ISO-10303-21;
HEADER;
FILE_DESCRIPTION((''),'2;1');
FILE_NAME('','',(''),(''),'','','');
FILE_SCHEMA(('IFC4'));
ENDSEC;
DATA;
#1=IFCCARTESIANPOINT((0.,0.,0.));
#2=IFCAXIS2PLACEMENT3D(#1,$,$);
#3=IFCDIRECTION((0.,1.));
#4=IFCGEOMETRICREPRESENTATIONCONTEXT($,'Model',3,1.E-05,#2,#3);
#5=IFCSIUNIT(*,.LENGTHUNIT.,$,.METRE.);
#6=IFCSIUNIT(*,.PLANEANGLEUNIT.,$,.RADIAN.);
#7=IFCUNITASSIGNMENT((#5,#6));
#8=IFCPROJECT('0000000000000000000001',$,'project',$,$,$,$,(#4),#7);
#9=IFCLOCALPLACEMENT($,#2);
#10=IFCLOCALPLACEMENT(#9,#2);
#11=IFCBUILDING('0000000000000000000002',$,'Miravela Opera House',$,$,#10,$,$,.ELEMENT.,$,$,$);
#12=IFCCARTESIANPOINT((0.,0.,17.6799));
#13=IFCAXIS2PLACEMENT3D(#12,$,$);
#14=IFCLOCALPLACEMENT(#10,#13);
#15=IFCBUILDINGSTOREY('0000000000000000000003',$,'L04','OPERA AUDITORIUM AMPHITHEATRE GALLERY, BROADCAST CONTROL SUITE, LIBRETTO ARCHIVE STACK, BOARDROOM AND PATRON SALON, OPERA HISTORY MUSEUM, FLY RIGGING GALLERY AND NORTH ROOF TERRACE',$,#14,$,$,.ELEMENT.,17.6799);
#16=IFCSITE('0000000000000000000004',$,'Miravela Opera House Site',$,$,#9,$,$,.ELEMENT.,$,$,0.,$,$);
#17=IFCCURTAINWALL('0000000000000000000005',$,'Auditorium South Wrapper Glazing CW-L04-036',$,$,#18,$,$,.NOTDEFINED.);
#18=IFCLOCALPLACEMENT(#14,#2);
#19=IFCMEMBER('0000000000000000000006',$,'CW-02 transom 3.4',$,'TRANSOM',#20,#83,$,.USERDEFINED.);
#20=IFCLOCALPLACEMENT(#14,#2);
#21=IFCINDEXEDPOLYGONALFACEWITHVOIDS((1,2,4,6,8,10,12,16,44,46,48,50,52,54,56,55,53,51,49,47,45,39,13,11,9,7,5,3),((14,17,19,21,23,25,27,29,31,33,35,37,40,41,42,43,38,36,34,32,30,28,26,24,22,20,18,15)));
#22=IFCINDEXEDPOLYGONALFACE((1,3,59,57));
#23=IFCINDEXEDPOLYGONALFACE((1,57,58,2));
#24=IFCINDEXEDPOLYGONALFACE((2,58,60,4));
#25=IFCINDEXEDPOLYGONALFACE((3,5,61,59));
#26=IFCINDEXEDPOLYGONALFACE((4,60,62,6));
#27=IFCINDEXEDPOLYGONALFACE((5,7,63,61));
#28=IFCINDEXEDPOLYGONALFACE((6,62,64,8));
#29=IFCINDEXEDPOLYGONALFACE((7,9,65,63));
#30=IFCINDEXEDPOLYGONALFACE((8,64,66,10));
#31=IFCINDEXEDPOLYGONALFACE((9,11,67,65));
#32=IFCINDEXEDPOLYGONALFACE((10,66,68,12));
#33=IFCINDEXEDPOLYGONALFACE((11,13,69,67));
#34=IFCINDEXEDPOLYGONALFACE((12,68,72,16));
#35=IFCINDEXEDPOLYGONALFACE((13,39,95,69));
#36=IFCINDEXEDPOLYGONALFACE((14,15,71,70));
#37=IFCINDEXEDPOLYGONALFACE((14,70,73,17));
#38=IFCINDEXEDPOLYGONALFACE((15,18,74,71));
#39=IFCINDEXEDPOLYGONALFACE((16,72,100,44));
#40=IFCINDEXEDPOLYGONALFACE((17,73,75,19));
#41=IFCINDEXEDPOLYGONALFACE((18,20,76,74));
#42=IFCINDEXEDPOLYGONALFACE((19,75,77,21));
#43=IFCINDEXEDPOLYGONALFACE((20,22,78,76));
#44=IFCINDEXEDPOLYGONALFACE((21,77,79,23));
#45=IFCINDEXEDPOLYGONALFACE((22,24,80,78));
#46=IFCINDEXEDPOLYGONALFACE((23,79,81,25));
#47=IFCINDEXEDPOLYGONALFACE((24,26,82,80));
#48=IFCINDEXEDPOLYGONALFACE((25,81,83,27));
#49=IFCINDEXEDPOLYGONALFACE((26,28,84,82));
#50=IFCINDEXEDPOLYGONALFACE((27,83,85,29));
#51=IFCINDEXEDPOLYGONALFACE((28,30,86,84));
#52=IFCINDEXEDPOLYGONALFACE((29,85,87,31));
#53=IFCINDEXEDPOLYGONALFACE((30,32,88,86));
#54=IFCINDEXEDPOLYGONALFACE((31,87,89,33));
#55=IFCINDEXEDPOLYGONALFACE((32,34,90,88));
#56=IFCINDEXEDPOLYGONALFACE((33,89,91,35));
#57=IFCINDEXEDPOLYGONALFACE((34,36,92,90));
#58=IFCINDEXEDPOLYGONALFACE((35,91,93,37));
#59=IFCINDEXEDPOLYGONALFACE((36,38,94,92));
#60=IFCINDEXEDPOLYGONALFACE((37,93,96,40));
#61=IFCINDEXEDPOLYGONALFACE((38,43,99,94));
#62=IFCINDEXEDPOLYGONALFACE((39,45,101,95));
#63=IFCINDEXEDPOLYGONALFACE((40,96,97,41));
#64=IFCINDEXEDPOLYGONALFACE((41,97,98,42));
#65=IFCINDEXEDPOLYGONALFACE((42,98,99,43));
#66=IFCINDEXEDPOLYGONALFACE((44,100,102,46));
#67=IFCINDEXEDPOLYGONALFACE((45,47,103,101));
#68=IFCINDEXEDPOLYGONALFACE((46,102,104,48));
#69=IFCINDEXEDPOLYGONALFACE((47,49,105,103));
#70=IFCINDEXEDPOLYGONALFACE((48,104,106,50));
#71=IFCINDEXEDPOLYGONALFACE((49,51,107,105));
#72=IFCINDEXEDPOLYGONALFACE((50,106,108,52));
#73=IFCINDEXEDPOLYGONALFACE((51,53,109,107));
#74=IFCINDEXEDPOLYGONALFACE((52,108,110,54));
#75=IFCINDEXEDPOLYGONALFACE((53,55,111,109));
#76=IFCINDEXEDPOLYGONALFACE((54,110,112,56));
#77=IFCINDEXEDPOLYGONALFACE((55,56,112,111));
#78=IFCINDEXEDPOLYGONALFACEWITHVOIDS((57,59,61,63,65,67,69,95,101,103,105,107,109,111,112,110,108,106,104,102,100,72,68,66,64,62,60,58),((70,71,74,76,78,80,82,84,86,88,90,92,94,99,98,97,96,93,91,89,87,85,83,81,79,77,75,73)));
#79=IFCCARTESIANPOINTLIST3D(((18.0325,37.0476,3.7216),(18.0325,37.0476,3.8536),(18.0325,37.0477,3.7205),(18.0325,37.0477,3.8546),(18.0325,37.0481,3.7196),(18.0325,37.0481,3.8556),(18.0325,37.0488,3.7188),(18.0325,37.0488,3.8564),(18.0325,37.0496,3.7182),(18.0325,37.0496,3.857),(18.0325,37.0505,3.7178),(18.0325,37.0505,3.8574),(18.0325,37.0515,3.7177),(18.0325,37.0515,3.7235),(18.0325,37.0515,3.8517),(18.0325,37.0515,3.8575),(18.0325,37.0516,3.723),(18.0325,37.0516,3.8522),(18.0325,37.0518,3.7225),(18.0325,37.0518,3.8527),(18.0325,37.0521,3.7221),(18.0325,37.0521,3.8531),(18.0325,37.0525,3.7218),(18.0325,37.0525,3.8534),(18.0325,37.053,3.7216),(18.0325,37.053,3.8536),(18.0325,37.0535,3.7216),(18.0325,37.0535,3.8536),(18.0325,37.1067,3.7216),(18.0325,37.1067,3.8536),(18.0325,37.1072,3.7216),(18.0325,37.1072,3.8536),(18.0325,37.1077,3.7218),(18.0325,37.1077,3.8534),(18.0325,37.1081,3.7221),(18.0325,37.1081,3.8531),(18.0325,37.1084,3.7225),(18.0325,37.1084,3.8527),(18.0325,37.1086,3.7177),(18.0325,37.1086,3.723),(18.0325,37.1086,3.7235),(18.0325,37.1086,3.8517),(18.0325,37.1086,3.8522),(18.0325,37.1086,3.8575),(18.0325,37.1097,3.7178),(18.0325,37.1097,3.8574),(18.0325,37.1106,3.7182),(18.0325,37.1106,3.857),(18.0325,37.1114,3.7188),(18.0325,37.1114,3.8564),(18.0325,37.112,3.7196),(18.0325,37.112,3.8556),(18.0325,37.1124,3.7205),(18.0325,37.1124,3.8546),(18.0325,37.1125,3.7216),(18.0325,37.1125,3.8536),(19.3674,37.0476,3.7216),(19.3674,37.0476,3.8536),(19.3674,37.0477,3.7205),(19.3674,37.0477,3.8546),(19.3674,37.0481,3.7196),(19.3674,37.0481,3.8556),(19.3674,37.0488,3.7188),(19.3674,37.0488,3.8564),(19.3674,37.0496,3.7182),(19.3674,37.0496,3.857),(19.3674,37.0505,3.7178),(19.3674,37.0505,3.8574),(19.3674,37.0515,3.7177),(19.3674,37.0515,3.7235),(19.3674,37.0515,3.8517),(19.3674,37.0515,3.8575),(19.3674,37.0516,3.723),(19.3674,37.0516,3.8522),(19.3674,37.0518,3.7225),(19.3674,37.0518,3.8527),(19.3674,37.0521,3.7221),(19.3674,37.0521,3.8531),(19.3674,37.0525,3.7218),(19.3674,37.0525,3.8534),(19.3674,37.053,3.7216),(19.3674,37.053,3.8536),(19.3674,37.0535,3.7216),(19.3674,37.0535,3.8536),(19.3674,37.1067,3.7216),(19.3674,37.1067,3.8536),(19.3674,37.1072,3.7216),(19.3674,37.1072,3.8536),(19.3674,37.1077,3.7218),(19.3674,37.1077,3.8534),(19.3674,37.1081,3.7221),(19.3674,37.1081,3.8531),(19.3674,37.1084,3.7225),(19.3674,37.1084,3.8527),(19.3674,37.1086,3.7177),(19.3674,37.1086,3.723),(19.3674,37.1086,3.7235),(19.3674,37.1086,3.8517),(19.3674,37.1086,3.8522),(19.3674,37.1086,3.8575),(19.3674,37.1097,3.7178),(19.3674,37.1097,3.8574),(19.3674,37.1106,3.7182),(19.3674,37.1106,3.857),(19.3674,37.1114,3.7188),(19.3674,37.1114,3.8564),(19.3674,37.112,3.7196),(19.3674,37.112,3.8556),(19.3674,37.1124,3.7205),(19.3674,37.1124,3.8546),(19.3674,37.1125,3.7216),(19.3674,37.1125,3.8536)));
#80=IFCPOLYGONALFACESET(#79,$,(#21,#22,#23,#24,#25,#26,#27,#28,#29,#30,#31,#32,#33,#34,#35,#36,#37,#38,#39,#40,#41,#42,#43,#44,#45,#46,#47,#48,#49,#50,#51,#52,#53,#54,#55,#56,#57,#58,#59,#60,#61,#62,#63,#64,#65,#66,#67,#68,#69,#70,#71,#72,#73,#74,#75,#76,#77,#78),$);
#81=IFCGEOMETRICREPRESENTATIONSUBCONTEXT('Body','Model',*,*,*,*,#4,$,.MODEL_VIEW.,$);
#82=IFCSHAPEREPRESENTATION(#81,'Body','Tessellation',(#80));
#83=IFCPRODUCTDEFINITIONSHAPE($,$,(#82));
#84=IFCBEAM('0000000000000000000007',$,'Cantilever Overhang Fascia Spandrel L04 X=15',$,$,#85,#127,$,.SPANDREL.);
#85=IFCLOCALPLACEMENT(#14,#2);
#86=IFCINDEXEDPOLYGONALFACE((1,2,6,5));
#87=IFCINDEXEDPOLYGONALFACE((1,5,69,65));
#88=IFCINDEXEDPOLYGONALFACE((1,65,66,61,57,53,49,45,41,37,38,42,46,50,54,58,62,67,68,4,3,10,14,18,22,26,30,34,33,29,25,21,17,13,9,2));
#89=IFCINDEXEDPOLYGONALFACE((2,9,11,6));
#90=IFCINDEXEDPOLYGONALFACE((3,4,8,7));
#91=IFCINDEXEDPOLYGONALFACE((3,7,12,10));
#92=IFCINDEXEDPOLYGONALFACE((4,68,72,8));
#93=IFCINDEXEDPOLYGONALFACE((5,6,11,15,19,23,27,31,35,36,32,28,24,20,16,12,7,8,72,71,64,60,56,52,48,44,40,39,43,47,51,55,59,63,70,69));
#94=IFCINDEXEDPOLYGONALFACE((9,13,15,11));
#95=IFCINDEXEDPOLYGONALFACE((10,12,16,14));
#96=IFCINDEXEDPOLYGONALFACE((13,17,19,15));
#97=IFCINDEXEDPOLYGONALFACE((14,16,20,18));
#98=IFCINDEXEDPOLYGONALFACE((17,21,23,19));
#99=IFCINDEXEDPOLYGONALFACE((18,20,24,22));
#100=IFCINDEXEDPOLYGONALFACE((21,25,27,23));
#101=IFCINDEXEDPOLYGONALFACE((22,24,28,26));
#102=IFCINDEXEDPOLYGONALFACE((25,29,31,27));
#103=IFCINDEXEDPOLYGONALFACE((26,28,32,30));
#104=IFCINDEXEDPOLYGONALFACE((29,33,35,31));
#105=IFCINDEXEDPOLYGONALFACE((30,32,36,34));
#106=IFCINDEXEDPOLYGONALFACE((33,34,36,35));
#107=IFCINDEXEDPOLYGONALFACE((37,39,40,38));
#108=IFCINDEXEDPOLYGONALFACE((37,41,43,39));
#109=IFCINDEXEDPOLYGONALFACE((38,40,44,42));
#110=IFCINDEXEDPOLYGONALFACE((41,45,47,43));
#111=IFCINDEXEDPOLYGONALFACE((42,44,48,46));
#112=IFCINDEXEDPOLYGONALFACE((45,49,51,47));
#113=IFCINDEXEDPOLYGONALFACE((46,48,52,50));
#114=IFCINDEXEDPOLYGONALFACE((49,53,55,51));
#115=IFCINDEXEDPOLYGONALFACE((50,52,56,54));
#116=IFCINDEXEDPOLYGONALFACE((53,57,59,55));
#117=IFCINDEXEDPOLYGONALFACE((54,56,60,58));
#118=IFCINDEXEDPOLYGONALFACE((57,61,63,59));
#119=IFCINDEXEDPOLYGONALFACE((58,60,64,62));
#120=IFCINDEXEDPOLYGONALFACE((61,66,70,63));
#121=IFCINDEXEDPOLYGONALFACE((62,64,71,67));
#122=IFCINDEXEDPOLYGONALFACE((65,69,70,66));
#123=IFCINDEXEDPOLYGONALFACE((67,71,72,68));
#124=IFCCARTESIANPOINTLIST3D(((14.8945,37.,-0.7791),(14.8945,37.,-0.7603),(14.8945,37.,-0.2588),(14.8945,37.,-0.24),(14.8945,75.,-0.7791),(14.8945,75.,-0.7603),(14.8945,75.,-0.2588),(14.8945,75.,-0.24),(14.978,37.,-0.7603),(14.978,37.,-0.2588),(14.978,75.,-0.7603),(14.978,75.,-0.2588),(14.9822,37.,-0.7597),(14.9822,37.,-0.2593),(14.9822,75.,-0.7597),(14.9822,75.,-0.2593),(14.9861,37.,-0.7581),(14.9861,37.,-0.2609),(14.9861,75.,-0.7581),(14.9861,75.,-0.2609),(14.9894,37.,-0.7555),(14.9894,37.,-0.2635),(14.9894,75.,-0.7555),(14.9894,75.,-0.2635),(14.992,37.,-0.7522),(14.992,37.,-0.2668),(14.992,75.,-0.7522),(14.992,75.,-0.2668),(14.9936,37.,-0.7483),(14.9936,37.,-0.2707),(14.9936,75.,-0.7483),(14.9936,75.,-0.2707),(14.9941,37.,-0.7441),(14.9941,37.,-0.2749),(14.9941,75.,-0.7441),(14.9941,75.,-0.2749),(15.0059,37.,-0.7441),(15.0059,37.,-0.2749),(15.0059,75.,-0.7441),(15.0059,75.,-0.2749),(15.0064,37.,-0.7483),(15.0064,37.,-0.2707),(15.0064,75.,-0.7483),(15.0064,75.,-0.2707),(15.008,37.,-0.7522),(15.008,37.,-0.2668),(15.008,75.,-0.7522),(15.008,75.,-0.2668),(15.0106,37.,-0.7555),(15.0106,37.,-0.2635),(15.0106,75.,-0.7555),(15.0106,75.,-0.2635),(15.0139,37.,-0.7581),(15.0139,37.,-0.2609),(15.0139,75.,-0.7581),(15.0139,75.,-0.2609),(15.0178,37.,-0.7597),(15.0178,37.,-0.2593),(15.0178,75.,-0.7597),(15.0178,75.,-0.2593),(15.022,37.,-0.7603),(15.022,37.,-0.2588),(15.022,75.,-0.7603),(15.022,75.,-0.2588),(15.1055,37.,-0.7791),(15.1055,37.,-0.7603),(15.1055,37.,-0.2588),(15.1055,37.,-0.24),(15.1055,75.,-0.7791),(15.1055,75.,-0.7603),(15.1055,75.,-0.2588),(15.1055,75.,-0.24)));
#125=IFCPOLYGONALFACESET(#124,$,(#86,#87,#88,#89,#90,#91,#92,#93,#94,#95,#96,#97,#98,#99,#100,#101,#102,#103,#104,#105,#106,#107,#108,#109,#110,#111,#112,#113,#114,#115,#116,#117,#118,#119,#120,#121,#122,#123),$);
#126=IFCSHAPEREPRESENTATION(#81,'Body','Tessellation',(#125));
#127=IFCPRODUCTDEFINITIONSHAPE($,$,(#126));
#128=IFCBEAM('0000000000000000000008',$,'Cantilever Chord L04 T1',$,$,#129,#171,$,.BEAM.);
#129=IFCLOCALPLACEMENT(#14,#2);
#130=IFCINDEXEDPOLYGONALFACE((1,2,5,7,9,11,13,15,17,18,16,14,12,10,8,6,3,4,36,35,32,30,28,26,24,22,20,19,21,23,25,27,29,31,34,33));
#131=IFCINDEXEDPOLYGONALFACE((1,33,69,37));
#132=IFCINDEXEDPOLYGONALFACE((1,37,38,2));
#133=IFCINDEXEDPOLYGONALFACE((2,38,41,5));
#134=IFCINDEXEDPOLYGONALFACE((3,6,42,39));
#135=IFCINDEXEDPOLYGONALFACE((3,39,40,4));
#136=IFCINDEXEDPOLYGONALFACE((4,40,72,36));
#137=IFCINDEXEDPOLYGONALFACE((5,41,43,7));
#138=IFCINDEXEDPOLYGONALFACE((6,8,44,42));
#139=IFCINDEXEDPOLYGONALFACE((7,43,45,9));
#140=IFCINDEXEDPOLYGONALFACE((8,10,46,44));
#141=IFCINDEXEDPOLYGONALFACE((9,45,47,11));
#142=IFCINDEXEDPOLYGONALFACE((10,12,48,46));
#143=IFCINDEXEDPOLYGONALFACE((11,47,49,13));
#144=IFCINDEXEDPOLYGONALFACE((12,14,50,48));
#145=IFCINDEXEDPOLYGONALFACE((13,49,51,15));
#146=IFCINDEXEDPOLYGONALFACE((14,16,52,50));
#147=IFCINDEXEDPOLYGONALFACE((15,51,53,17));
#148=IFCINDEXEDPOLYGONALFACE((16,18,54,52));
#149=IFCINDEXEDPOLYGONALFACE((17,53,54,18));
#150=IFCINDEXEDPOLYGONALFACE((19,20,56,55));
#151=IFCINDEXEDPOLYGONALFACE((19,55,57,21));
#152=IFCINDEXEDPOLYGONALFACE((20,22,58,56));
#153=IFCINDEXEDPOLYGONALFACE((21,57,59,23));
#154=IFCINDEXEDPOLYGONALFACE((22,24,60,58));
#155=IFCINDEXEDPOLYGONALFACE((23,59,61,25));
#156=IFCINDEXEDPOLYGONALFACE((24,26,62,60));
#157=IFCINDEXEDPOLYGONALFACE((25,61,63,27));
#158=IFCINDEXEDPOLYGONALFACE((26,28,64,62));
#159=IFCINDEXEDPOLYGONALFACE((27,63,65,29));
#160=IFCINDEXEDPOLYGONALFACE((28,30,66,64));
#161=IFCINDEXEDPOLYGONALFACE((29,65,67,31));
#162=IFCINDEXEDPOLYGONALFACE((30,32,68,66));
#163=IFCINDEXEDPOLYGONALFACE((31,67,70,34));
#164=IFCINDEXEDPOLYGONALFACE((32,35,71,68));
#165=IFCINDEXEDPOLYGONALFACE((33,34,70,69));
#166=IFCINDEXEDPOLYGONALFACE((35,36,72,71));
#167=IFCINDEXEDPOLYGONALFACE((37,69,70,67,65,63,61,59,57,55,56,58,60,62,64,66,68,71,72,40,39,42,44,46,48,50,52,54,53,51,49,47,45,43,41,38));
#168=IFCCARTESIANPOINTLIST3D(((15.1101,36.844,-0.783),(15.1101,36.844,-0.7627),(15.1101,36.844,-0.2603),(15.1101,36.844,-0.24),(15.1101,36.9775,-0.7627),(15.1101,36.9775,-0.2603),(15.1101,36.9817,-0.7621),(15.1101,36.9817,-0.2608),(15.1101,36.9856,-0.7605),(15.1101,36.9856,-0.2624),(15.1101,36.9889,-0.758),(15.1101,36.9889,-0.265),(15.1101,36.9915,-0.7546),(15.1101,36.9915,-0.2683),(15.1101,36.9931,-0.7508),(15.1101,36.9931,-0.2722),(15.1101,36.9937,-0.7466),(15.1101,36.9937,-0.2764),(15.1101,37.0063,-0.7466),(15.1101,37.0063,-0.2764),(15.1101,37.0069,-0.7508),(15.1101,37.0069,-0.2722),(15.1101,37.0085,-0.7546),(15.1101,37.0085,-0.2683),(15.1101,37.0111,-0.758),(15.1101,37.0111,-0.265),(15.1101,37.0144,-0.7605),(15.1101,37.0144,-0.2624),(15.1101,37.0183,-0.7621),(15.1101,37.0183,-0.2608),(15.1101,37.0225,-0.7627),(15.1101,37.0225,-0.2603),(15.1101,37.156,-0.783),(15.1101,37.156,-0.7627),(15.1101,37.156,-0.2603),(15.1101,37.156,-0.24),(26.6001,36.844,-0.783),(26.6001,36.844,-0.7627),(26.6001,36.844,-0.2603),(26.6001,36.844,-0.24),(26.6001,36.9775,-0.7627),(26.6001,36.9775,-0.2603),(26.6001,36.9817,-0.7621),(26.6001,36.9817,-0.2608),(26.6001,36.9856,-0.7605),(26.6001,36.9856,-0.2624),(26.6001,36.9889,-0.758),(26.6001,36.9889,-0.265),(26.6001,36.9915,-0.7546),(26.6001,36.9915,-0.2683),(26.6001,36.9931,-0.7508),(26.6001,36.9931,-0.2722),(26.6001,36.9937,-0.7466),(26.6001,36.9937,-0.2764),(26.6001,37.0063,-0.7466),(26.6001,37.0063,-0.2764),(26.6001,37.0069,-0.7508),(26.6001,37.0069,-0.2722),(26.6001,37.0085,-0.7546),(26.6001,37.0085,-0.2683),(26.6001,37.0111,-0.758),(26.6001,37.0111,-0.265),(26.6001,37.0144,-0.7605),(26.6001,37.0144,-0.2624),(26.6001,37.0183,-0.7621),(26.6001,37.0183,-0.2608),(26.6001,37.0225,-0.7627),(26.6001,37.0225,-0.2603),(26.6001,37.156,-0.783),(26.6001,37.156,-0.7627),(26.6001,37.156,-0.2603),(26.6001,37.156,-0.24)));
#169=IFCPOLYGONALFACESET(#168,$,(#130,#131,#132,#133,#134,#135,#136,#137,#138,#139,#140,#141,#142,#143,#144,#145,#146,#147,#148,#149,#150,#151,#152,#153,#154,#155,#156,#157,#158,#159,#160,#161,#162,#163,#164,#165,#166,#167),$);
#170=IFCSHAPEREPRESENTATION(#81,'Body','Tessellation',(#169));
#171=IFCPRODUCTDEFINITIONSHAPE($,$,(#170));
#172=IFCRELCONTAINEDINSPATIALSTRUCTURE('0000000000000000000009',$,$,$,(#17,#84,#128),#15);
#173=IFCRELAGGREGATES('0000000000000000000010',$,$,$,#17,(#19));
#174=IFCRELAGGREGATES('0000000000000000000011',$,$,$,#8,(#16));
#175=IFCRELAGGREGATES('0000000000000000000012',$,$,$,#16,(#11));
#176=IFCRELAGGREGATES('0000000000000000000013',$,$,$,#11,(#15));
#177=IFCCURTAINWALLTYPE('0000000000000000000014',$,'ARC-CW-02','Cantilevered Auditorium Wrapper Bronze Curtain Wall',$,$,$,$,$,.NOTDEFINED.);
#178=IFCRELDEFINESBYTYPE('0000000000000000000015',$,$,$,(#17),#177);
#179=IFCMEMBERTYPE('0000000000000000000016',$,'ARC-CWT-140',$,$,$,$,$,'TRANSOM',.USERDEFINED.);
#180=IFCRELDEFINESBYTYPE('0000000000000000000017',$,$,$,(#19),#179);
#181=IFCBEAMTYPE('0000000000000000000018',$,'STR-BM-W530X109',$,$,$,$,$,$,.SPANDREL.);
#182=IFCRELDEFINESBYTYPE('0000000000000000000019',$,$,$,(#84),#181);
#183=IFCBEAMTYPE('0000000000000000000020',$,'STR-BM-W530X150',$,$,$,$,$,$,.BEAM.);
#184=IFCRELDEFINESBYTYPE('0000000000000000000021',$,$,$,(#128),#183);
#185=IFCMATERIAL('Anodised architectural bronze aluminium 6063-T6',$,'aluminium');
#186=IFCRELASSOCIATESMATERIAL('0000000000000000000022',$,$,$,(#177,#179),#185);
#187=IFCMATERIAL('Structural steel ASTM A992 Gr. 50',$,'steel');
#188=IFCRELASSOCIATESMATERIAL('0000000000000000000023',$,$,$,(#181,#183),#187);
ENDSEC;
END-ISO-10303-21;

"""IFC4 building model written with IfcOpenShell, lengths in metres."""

from ifc_helpers import new_model, si_unit, direction, frame, origin, origin_2d, place, context, subcontext, project, spatial, hollow_rectangle, i_section, extrude, material, material_profile, profile_set, type_object, element, aggregate, save


model = new_model("IFC4")

# Units and contexts
model_context = context("Model", 3, precision=1e-05, world=origin(), true_north=direction((0.0, 1.0)))
body_context = subcontext(model_context, "Body", "Model", "MODEL_VIEW")
ifc_project = project(units=[si_unit("LENGTHUNIT", "METRE"), si_unit("PLANEANGLEUNIT", "RADIAN")], contexts=[model_context])

# Site, building, storey
site_placement = place(None, origin())
site = spatial("IfcSite", under=ifc_project, at=site_placement, Name="Miravela Opera House Site", CompositionType="ELEMENT", RefElevation=0.0)
building_placement = place(site_placement, origin())
building = spatial("IfcBuilding", under=site, at=building_placement, Name="Miravela Opera House", CompositionType="ELEMENT")
storey_placement = place(building_placement, frame((0.0, 0.0, 17.6799)))
storey = spatial("IfcBuildingStorey", under=building, at=storey_placement, Name="L04", Description="OPERA AUDITORIUM AMPHITHEATRE GALLERY, BROADCAST CONTROL SUITE, LIBRETTO ARCHIVE STACK, BOARDROOM AND PATRON SALON, OPERA HISTORY MUSEUM, FLY RIGGING GALLERY AND NORTH ROOF TERRACE", CompositionType="ELEMENT", Elevation=17.6799)

# Curtain wall, member
ifc_material_1 = material(Name="Anodised architectural bronze aluminium 6063-T6", Category="aluminium")
curtain_wall_type = type_object("IfcCurtainWallType", Name="ARC-CW-02", Description="Cantilevered Auditorium Wrapper Bronze Curtain Wall", PredefinedType="NOTDEFINED", material=ifc_material_1)
curtain_wall_placement = place(storey_placement, origin())
curtain_wall = element("IfcCurtainWall", 1, at=curtain_wall_placement, inside=storey, type_object=curtain_wall_type, Name="Auditorium South Wrapper Glazing CW-L04-036", PredefinedType="NOTDEFINED")
ifc_material_profile_1 = material_profile(ifc_material_1, hollow_rectangle(XDim=0.0649, YDim=0.1399, WallThickness=0.0039, InnerFilletRadius=0.002, OuterFilletRadius=0.0039, at=origin_2d()), Name="CWT-65X140")
ifc_profile_set_1 = profile_set([ifc_material_profile_1])
member_type_1 = type_object("IfcMemberType", Name="ARC-CWT-140", ElementType="TRANSOM", PredefinedType="USERDEFINED", material=ifc_profile_set_1)
member_1_placement = place(storey_placement, frame((18.0325, 37.0801, 3.7876), z_axis=(1.0, 0.0, 0.0), x_axis=(0.0, 1.0, 0.0)))
member_1 = element("IfcMember", 2, at=member_1_placement, type_object=member_type_1, Name="CW-02 transom 3.4", ObjectType="TRANSOM", PredefinedType="USERDEFINED", context=body_context, shape_type="SweptSolid", body=[
    extrude(hollow_rectangle(XDim=0.0649, YDim=0.1399, WallThickness=0.0039, InnerFilletRadius=0.002, OuterFilletRadius=0.0039, at=origin_2d()), origin(), (0.0, 0.0, 1.0), 1.335),
])

# Beams
ifc_material_2 = material(Name="Structural steel ASTM A992 Gr. 50", Category="steel")
ifc_material_profile_2 = material_profile(ifc_material_2, i_section(OverallWidth=0.2109, OverallDepth=0.5391, WebThickness=0.0117, FlangeThickness=0.0188, FilletRadius=0.0161, at=origin_2d()), Name="W530X109")
ifc_profile_set_2 = profile_set([ifc_material_profile_2])
beam_type_1 = type_object("IfcBeamType", Name="STR-BM-W530X109", PredefinedType="SPANDREL", material=ifc_profile_set_2)
beam_1_placement = place(storey_placement, frame((15.0, 37.0, -0.5095), z_axis=(0.0, 1.0, 0.0), x_axis=(-1.0, 0.0, 0.0)))
element("IfcBeam", 3, at=beam_1_placement, inside=storey, type_object=beam_type_1, Name="Cantilever Overhang Fascia Spandrel L04 X=15", PredefinedType="SPANDREL", context=body_context, shape_type="SweptSolid", body=[
    extrude(i_section(OverallWidth=0.2109, OverallDepth=0.5391, WebThickness=0.0117, FlangeThickness=0.0188, FilletRadius=0.0161, at=origin_2d()), origin(), (0.0, 0.0, 1.0), 38.0),
])
ifc_material_profile_3 = material_profile(ifc_material_2, i_section(OverallWidth=0.312, OverallDepth=0.543, WebThickness=0.0127, FlangeThickness=0.0203, FilletRadius=0.0161, at=origin_2d()), Name="W530X150")
ifc_profile_set_3 = profile_set([ifc_material_profile_3])
beam_type_2 = type_object("IfcBeamType", Name="STR-BM-W530X150", PredefinedType="BEAM", material=ifc_profile_set_3)
beam_2_placement = place(storey_placement, frame((15.1101, 37.0, -0.5115), z_axis=(1.0, 0.0, 0.0), x_axis=(0.0, 1.0, 0.0)))
element("IfcBeam", 4, at=beam_2_placement, inside=storey, type_object=beam_type_2, Name="Cantilever Chord L04 T1", PredefinedType="BEAM", context=body_context, shape_type="SweptSolid", body=[
    extrude(i_section(OverallWidth=0.312, OverallDepth=0.543, WebThickness=0.0127, FlangeThickness=0.0203, FilletRadius=0.0161, at=origin_2d()), origin(), (0.0, 0.0, 1.0), 11.49),
])

aggregate(curtain_wall, [member_1])

save(model, "model.ifc")
